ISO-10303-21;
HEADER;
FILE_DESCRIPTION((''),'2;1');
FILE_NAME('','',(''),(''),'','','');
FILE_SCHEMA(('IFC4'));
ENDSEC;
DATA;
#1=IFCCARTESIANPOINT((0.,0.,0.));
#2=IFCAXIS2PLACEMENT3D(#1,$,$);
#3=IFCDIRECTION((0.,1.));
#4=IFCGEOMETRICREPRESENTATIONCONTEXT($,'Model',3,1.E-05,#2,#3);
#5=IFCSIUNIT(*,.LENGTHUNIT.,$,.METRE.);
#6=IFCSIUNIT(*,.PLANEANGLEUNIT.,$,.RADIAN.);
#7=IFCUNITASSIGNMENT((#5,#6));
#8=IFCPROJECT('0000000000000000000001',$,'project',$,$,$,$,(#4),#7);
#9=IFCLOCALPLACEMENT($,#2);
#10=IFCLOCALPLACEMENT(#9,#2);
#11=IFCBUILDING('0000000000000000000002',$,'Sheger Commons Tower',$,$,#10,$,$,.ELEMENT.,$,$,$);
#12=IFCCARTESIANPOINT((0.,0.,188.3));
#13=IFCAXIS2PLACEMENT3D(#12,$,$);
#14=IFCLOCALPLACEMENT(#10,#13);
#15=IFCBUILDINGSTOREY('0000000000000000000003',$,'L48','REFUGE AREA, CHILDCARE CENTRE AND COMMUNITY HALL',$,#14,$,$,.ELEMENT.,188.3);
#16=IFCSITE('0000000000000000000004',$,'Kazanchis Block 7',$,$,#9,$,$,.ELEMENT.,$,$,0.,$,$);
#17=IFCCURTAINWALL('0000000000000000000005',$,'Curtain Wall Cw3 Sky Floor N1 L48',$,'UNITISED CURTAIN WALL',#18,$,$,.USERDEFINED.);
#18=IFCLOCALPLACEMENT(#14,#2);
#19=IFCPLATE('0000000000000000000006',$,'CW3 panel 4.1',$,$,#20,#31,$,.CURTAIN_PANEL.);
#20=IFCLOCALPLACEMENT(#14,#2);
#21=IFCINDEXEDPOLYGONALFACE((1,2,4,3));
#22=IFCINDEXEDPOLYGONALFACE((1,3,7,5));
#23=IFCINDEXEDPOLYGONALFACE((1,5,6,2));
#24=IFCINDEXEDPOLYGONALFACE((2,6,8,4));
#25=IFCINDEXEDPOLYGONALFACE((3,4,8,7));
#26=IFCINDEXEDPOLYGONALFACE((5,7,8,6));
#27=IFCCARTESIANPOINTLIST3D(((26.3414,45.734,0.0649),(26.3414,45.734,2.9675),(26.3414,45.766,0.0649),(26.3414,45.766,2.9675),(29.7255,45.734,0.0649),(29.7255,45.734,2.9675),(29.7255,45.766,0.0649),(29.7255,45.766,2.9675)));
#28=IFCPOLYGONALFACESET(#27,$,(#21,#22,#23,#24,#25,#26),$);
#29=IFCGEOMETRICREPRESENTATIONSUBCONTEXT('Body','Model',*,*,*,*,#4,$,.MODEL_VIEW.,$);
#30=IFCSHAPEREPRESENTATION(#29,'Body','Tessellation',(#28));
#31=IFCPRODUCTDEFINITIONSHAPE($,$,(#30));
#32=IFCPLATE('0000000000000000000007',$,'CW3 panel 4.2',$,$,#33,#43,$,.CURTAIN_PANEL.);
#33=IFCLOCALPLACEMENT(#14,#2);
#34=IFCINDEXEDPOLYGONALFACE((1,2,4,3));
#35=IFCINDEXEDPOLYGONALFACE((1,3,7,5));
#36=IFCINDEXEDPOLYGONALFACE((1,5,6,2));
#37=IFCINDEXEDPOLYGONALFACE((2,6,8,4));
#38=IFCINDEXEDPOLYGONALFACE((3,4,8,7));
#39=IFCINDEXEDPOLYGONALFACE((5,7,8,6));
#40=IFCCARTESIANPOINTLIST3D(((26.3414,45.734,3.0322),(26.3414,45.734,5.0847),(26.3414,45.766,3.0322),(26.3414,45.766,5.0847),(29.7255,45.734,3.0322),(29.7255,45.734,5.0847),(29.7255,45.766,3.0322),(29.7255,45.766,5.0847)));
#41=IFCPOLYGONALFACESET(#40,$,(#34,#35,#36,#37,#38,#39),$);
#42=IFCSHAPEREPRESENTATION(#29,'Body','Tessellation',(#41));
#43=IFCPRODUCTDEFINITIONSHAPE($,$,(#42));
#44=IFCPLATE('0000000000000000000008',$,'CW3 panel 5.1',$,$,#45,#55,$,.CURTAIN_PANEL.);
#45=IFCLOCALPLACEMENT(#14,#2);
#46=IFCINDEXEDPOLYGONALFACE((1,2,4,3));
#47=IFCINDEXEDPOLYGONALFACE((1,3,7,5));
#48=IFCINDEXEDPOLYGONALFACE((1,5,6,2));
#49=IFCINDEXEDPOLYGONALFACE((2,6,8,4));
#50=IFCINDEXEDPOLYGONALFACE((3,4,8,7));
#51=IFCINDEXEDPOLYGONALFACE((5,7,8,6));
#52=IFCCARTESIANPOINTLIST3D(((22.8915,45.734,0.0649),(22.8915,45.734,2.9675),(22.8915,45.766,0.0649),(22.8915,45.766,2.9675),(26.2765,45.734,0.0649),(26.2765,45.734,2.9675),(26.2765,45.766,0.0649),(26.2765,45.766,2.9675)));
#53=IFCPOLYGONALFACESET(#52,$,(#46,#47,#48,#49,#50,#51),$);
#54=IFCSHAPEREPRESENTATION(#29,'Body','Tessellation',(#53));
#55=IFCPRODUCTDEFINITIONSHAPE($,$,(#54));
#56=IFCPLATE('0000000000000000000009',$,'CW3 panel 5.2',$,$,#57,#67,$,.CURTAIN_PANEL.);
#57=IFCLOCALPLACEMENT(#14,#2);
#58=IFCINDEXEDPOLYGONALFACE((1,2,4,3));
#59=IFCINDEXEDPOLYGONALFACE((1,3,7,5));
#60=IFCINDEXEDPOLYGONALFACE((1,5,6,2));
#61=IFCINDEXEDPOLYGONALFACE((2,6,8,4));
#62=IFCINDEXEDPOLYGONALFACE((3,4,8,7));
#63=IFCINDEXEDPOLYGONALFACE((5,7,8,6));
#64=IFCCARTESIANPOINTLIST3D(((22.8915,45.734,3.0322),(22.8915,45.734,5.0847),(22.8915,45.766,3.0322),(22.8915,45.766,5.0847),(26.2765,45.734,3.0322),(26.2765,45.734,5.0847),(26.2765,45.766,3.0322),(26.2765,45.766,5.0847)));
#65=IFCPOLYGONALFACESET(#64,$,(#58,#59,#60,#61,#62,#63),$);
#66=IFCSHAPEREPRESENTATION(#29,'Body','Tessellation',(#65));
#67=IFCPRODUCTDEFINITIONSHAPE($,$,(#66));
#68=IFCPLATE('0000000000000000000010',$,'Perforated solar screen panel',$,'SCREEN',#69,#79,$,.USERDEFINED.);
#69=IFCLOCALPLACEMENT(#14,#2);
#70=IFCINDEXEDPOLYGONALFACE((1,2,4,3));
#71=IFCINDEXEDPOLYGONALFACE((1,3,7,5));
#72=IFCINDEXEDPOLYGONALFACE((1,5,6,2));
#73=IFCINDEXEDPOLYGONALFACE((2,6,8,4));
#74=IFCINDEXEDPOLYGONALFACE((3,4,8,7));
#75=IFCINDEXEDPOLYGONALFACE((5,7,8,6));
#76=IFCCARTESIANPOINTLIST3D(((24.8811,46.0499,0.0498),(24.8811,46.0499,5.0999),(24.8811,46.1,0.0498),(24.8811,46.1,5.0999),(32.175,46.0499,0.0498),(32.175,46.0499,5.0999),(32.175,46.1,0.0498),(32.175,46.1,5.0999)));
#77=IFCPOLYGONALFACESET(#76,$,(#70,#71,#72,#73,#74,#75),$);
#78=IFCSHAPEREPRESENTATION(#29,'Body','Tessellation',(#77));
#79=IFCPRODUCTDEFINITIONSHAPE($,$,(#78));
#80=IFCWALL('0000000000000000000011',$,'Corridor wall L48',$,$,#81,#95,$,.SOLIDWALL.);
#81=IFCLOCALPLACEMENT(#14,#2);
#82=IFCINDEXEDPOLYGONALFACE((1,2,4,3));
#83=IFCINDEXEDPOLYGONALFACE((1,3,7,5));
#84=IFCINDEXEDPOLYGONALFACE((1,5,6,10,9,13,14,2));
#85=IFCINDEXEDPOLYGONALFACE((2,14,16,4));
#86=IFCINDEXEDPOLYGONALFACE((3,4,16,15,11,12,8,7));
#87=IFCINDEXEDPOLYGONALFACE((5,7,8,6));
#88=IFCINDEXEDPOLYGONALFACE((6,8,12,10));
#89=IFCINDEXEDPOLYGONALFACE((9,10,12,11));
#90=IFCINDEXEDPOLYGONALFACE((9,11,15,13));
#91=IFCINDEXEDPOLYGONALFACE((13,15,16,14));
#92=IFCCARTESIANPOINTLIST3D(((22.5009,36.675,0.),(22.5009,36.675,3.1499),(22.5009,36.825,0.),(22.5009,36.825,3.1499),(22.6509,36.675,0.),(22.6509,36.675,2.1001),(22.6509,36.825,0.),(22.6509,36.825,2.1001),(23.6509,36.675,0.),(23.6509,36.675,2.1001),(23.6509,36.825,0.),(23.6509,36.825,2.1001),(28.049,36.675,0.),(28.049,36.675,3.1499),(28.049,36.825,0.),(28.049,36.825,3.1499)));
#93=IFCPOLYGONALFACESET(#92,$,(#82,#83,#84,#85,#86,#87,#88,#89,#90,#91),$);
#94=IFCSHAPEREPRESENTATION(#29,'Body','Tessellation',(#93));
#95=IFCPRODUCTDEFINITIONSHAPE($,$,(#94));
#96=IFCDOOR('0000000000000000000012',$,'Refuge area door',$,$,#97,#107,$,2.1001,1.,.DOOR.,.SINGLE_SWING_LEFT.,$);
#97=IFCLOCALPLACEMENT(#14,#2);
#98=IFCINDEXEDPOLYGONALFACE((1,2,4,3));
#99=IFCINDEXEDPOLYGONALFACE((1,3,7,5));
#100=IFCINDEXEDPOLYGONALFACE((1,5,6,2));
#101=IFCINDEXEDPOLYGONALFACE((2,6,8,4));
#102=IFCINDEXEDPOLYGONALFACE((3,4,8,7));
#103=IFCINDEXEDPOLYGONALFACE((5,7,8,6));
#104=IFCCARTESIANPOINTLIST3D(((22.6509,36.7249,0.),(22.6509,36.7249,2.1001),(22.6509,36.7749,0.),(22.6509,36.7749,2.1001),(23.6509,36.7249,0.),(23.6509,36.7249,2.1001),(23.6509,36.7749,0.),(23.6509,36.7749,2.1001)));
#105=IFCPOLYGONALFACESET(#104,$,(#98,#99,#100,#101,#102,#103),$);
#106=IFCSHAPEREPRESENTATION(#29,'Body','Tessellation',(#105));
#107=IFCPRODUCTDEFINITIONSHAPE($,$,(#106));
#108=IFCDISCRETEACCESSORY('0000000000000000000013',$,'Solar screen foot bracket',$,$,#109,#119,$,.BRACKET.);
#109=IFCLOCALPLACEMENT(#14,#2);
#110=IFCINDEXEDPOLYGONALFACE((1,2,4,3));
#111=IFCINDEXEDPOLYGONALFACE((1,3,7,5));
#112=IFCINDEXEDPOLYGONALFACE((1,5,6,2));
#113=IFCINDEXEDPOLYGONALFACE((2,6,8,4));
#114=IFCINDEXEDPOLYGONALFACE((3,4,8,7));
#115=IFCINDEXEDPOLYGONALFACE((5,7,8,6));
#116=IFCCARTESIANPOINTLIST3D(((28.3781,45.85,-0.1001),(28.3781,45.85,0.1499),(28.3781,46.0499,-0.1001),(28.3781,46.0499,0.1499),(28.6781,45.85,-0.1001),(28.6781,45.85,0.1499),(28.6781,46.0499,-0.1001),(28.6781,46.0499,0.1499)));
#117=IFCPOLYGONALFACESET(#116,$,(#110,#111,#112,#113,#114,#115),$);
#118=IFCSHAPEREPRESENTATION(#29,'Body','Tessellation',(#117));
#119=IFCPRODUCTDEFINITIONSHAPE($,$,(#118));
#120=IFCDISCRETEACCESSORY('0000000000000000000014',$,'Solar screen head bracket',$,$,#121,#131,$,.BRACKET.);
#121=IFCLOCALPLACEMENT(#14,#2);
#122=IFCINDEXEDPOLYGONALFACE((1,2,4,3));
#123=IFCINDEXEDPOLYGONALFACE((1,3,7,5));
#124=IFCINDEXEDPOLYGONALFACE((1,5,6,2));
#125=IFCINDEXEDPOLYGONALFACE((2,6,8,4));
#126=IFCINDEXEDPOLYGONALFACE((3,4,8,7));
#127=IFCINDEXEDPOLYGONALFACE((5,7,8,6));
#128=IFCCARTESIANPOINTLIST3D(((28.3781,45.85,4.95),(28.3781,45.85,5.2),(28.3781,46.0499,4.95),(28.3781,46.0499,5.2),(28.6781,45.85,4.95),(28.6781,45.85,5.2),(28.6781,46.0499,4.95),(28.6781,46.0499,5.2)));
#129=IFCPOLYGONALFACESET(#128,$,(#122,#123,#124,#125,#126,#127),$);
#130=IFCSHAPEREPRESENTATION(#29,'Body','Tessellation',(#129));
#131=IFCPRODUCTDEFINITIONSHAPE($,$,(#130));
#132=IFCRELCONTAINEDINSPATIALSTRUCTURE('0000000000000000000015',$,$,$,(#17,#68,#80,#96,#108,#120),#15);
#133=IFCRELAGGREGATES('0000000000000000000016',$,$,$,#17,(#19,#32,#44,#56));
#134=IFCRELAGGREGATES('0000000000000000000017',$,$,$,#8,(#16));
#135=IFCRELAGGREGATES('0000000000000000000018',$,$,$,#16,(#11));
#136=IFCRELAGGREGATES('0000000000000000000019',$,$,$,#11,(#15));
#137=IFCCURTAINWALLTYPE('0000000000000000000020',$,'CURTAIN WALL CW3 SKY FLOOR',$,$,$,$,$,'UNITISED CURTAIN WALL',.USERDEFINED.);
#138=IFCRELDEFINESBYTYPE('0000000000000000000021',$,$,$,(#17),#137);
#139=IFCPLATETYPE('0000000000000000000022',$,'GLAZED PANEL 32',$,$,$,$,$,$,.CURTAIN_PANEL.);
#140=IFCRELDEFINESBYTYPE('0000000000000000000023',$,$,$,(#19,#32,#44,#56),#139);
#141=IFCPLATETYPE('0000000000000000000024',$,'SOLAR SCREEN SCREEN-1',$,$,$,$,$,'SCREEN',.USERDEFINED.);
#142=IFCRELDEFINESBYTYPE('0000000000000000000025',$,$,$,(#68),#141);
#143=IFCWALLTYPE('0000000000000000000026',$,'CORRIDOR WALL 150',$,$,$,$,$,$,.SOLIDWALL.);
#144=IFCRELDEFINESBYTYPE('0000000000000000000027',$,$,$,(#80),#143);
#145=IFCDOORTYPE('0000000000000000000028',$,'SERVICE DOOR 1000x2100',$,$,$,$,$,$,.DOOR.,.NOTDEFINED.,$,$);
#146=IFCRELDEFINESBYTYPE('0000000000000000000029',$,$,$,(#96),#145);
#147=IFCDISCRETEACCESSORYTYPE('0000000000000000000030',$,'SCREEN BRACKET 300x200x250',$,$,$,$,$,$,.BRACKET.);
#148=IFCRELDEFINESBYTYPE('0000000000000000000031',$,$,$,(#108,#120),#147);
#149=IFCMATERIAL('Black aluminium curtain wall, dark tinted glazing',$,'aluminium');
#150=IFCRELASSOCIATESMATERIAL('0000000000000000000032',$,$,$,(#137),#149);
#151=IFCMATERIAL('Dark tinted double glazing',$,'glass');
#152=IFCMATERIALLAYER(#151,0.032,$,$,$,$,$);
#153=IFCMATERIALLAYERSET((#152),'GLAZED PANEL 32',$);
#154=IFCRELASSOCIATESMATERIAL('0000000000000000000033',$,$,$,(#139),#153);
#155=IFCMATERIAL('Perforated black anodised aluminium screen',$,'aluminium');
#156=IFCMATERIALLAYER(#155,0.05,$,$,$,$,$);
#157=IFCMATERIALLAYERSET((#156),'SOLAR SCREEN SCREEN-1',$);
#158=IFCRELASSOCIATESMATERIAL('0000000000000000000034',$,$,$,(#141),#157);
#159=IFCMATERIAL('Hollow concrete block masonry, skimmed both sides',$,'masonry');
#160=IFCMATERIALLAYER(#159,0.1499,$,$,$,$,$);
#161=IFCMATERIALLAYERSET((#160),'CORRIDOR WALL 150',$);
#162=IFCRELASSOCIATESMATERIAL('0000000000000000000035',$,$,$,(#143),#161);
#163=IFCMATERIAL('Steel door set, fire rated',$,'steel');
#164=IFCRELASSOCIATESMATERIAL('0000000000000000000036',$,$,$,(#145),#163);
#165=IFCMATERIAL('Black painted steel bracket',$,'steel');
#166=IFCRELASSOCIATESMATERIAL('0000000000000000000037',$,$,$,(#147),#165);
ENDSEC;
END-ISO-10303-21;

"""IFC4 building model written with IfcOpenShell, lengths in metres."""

from ifc_helpers import new_model, si_unit, direction, frame, frame_2d, origin, origin_2d, place, context, subcontext, project, spatial, rectangle, extrude, material, layer, layer_set, type_object, element, fill, aggregate, save


model = new_model("IFC4")

# Units and contexts
model_context = context("Model", 3, precision=1e-05, world=origin(), true_north=direction((0.0, 1.0)))
body_context = subcontext(model_context, "Body", "Model", "MODEL_VIEW")
ifc_project = project(units=[si_unit("LENGTHUNIT", "METRE"), si_unit("PLANEANGLEUNIT", "RADIAN")], contexts=[model_context])

# Site, building, storey
site_placement = place(None, origin())
site = spatial("IfcSite", under=ifc_project, at=site_placement, Name="Kazanchis Block 7", CompositionType="ELEMENT", RefElevation=0.0)
building_placement = place(site_placement, origin())
building = spatial("IfcBuilding", under=site, at=building_placement, Name="Sheger Commons Tower", CompositionType="ELEMENT")
storey_placement = place(building_placement, frame((0.0, 0.0, 188.3)))
storey = spatial("IfcBuildingStorey", under=building, at=storey_placement, Name="L48", Description="REFUGE AREA, CHILDCARE CENTRE AND COMMUNITY HALL", CompositionType="ELEMENT", Elevation=188.3)

# Curtain wall, plates
ifc_material_1 = material(Name="Black aluminium curtain wall, dark tinted glazing", Category="aluminium")
curtain_wall_type = type_object("IfcCurtainWallType", Name="CURTAIN WALL CW3 SKY FLOOR", ElementType="UNITISED CURTAIN WALL", PredefinedType="USERDEFINED", material=ifc_material_1)
curtain_wall_placement = place(storey_placement, origin())
curtain_wall = element("IfcCurtainWall", 1, at=curtain_wall_placement, inside=storey, type_object=curtain_wall_type, Name="Curtain Wall Cw3 Sky Floor N1 L48", ObjectType="UNITISED CURTAIN WALL", PredefinedType="USERDEFINED")
ifc_material_2 = material(Name="Dark tinted double glazing", Category="glass")
ifc_layer_1 = layer(ifc_material_2, 0.032)
ifc_layer_set_1 = layer_set([ifc_layer_1], Name="GLAZED PANEL 32")
plate_type_1 = type_object("IfcPlateType", Name="GLAZED PANEL 32", PredefinedType="CURTAIN_PANEL", material=ifc_layer_set_1)
plate_1_placement = place(storey_placement, frame((28.0334, 45.75, 0.0649), z_axis=(0.0, 0.0, 1.0), x_axis=(-1.0, 0.0, 0.0)))
plate_1 = element("IfcPlate", 2, at=plate_1_placement, type_object=plate_type_1, Name="CW3 panel 4.1", PredefinedType="CURTAIN_PANEL", context=body_context, shape_type="SweptSolid", body=[
    extrude(rectangle(XDim=3.384, YDim=0.032, at=origin_2d()), origin(), (0.0, 0.0, 1.0), 2.9026),
])
plate_2_placement = place(storey_placement, frame((28.0334, 45.75, 3.0322), z_axis=(0.0, 0.0, 1.0), x_axis=(-1.0, 0.0, 0.0)))
plate_2 = element("IfcPlate", 3, at=plate_2_placement, type_object=plate_type_1, Name="CW3 panel 4.2", PredefinedType="CURTAIN_PANEL", context=body_context, shape_type="SweptSolid", body=[
    extrude(rectangle(XDim=3.384, YDim=0.032, at=origin_2d()), origin(), (0.0, 0.0, 1.0), 2.0525),
])
plate_3_placement = place(storey_placement, frame((24.584, 45.75, 0.0649), z_axis=(0.0, 0.0, 1.0), x_axis=(-1.0, 0.0, 0.0)))
plate_3 = element("IfcPlate", 4, at=plate_3_placement, type_object=plate_type_1, Name="CW3 panel 5.1", PredefinedType="CURTAIN_PANEL", context=body_context, shape_type="SweptSolid", body=[
    extrude(rectangle(XDim=3.385, YDim=0.032, at=origin_2d()), origin(), (0.0, 0.0, 1.0), 2.9026),
])
plate_4_placement = place(storey_placement, frame((24.584, 45.75, 3.0322), z_axis=(0.0, 0.0, 1.0), x_axis=(-1.0, 0.0, 0.0)))
plate_4 = element("IfcPlate", 5, at=plate_4_placement, type_object=plate_type_1, Name="CW3 panel 5.2", PredefinedType="CURTAIN_PANEL", context=body_context, shape_type="SweptSolid", body=[
    extrude(rectangle(XDim=3.385, YDim=0.032, at=origin_2d()), origin(), (0.0, 0.0, 1.0), 2.0525),
])
aggregate(curtain_wall, [plate_1, plate_2, plate_3, plate_4])

# Plate
ifc_material_3 = material(Name="Perforated black anodised aluminium screen", Category="aluminium")
ifc_layer_2 = layer(ifc_material_3, 0.05)
ifc_layer_set_2 = layer_set([ifc_layer_2], Name="SOLAR SCREEN SCREEN-1")
plate_type_2 = type_object("IfcPlateType", Name="SOLAR SCREEN SCREEN-1", ElementType="SCREEN", PredefinedType="USERDEFINED", material=ifc_layer_set_2)
plate_5_placement = place(storey_placement, frame((28.5281, 46.075, 0.0498), z_axis=(0.0, 0.0, 1.0), x_axis=(-1.0, 0.0, 0.0)))
element("IfcPlate", 6, at=plate_5_placement, inside=storey, type_object=plate_type_2, Name="Perforated solar screen panel", ObjectType="SCREEN", PredefinedType="USERDEFINED", context=body_context, shape_type="SweptSolid", body=[
    extrude(rectangle(XDim=7.2939, YDim=0.05, at=origin_2d()), origin(), (0.0, 0.0, 1.0), 5.05),
])

# Wall, opening, door
ifc_material_4 = material(Name="Hollow concrete block masonry, skimmed both sides", Category="masonry")
ifc_layer_3 = layer(ifc_material_4, 0.1499)
ifc_layer_set_3 = layer_set([ifc_layer_3], Name="CORRIDOR WALL 150")
wall_type = type_object("IfcWallType", Name="CORRIDOR WALL 150", PredefinedType="SOLIDWALL", material=ifc_layer_set_3)
wall_placement = place(storey_placement, frame((22.501, 36.75, 0.0), z_axis=(0.0, 0.0, 1.0), x_axis=(1.0, 0.0, 0.0)))
wall = element("IfcWall", 7, at=wall_placement, inside=storey, type_object=wall_type, Name="Corridor wall L48", PredefinedType="SOLIDWALL", context=body_context, shape_type="SweptSolid", body=[
    extrude(rectangle(XDim=5.5481, YDim=0.1499, at=frame_2d((2.7739, 0.0))), origin(), (0.0, 0.0, 1.0), 3.1499),
])
opening_placement = place(wall_placement, frame((0.1499, 0.0, 0.0)))
opening = element("IfcOpeningElement", 8, at=opening_placement, cuts=wall, PredefinedType="OPENING", context=body_context, shape_type="SweptSolid", body=[
    extrude(rectangle(XDim=1.0, YDim=2.1001, at=frame_2d((0.5, 1.05))), frame((0.0, 0.085, 0.0), z_axis=(0.0, -1.0, 0.0), x_axis=(1.0, 0.0, 0.0)), (0.0, 0.0, 1.0), 0.1699),
])
ifc_material_5 = material(Name="Steel door set, fire rated", Category="steel")
door_type = type_object("IfcDoorType", Name="SERVICE DOOR 1000x2100", OperationType="NOTDEFINED", PredefinedType="DOOR", material=ifc_material_5)
door_placement = place(opening_placement, origin())
door = element("IfcDoor", 9, at=door_placement, inside=storey, type_object=door_type, Name="Refuge area door", OperationType="SINGLE_SWING_LEFT", OverallHeight=2.1001, OverallWidth=1.0, PredefinedType="DOOR", context=body_context, shape_type="SweptSolid", body=[
    extrude(rectangle(XDim=1.0, YDim=2.1001, at=frame_2d((0.5, 1.05))), frame((0.0, 0.0249, 0.0), z_axis=(0.0, -1.0, 0.0), x_axis=(1.0, 0.0, 0.0)), (0.0, 0.0, 1.0), 0.05),
])
fill(opening, door)

# Discrete accessories
ifc_material_6 = material(Name="Black painted steel bracket", Category="steel")
discrete_accessory_type = type_object("IfcDiscreteAccessoryType", Name="SCREEN BRACKET 300x200x250", PredefinedType="BRACKET", material=ifc_material_6)
for number, where, z_axis, x_axis, name in (
    (10, (28.5281, 45.95, -0.1001), (0.0, 0.0, 1.0), (-1.0, 0.0, 0.0), "Solar screen foot bracket"),
    (11, (28.5281, 45.95, 4.95), (0.0, 0.0, 1.0), (-1.0, 0.0, 0.0), "Solar screen head bracket"),
):
    element("IfcDiscreteAccessory", number, at=place(storey_placement, frame(where, z_axis=z_axis, x_axis=x_axis)), inside=storey, type_object=discrete_accessory_type, Name=name, PredefinedType="BRACKET", context=body_context, shape_type="SweptSolid", body=[
        extrude(rectangle(XDim=0.3, YDim=0.2, at=origin_2d()), origin(), (0.0, 0.0, 1.0), 0.25),
    ])

save(model, "model.ifc")
